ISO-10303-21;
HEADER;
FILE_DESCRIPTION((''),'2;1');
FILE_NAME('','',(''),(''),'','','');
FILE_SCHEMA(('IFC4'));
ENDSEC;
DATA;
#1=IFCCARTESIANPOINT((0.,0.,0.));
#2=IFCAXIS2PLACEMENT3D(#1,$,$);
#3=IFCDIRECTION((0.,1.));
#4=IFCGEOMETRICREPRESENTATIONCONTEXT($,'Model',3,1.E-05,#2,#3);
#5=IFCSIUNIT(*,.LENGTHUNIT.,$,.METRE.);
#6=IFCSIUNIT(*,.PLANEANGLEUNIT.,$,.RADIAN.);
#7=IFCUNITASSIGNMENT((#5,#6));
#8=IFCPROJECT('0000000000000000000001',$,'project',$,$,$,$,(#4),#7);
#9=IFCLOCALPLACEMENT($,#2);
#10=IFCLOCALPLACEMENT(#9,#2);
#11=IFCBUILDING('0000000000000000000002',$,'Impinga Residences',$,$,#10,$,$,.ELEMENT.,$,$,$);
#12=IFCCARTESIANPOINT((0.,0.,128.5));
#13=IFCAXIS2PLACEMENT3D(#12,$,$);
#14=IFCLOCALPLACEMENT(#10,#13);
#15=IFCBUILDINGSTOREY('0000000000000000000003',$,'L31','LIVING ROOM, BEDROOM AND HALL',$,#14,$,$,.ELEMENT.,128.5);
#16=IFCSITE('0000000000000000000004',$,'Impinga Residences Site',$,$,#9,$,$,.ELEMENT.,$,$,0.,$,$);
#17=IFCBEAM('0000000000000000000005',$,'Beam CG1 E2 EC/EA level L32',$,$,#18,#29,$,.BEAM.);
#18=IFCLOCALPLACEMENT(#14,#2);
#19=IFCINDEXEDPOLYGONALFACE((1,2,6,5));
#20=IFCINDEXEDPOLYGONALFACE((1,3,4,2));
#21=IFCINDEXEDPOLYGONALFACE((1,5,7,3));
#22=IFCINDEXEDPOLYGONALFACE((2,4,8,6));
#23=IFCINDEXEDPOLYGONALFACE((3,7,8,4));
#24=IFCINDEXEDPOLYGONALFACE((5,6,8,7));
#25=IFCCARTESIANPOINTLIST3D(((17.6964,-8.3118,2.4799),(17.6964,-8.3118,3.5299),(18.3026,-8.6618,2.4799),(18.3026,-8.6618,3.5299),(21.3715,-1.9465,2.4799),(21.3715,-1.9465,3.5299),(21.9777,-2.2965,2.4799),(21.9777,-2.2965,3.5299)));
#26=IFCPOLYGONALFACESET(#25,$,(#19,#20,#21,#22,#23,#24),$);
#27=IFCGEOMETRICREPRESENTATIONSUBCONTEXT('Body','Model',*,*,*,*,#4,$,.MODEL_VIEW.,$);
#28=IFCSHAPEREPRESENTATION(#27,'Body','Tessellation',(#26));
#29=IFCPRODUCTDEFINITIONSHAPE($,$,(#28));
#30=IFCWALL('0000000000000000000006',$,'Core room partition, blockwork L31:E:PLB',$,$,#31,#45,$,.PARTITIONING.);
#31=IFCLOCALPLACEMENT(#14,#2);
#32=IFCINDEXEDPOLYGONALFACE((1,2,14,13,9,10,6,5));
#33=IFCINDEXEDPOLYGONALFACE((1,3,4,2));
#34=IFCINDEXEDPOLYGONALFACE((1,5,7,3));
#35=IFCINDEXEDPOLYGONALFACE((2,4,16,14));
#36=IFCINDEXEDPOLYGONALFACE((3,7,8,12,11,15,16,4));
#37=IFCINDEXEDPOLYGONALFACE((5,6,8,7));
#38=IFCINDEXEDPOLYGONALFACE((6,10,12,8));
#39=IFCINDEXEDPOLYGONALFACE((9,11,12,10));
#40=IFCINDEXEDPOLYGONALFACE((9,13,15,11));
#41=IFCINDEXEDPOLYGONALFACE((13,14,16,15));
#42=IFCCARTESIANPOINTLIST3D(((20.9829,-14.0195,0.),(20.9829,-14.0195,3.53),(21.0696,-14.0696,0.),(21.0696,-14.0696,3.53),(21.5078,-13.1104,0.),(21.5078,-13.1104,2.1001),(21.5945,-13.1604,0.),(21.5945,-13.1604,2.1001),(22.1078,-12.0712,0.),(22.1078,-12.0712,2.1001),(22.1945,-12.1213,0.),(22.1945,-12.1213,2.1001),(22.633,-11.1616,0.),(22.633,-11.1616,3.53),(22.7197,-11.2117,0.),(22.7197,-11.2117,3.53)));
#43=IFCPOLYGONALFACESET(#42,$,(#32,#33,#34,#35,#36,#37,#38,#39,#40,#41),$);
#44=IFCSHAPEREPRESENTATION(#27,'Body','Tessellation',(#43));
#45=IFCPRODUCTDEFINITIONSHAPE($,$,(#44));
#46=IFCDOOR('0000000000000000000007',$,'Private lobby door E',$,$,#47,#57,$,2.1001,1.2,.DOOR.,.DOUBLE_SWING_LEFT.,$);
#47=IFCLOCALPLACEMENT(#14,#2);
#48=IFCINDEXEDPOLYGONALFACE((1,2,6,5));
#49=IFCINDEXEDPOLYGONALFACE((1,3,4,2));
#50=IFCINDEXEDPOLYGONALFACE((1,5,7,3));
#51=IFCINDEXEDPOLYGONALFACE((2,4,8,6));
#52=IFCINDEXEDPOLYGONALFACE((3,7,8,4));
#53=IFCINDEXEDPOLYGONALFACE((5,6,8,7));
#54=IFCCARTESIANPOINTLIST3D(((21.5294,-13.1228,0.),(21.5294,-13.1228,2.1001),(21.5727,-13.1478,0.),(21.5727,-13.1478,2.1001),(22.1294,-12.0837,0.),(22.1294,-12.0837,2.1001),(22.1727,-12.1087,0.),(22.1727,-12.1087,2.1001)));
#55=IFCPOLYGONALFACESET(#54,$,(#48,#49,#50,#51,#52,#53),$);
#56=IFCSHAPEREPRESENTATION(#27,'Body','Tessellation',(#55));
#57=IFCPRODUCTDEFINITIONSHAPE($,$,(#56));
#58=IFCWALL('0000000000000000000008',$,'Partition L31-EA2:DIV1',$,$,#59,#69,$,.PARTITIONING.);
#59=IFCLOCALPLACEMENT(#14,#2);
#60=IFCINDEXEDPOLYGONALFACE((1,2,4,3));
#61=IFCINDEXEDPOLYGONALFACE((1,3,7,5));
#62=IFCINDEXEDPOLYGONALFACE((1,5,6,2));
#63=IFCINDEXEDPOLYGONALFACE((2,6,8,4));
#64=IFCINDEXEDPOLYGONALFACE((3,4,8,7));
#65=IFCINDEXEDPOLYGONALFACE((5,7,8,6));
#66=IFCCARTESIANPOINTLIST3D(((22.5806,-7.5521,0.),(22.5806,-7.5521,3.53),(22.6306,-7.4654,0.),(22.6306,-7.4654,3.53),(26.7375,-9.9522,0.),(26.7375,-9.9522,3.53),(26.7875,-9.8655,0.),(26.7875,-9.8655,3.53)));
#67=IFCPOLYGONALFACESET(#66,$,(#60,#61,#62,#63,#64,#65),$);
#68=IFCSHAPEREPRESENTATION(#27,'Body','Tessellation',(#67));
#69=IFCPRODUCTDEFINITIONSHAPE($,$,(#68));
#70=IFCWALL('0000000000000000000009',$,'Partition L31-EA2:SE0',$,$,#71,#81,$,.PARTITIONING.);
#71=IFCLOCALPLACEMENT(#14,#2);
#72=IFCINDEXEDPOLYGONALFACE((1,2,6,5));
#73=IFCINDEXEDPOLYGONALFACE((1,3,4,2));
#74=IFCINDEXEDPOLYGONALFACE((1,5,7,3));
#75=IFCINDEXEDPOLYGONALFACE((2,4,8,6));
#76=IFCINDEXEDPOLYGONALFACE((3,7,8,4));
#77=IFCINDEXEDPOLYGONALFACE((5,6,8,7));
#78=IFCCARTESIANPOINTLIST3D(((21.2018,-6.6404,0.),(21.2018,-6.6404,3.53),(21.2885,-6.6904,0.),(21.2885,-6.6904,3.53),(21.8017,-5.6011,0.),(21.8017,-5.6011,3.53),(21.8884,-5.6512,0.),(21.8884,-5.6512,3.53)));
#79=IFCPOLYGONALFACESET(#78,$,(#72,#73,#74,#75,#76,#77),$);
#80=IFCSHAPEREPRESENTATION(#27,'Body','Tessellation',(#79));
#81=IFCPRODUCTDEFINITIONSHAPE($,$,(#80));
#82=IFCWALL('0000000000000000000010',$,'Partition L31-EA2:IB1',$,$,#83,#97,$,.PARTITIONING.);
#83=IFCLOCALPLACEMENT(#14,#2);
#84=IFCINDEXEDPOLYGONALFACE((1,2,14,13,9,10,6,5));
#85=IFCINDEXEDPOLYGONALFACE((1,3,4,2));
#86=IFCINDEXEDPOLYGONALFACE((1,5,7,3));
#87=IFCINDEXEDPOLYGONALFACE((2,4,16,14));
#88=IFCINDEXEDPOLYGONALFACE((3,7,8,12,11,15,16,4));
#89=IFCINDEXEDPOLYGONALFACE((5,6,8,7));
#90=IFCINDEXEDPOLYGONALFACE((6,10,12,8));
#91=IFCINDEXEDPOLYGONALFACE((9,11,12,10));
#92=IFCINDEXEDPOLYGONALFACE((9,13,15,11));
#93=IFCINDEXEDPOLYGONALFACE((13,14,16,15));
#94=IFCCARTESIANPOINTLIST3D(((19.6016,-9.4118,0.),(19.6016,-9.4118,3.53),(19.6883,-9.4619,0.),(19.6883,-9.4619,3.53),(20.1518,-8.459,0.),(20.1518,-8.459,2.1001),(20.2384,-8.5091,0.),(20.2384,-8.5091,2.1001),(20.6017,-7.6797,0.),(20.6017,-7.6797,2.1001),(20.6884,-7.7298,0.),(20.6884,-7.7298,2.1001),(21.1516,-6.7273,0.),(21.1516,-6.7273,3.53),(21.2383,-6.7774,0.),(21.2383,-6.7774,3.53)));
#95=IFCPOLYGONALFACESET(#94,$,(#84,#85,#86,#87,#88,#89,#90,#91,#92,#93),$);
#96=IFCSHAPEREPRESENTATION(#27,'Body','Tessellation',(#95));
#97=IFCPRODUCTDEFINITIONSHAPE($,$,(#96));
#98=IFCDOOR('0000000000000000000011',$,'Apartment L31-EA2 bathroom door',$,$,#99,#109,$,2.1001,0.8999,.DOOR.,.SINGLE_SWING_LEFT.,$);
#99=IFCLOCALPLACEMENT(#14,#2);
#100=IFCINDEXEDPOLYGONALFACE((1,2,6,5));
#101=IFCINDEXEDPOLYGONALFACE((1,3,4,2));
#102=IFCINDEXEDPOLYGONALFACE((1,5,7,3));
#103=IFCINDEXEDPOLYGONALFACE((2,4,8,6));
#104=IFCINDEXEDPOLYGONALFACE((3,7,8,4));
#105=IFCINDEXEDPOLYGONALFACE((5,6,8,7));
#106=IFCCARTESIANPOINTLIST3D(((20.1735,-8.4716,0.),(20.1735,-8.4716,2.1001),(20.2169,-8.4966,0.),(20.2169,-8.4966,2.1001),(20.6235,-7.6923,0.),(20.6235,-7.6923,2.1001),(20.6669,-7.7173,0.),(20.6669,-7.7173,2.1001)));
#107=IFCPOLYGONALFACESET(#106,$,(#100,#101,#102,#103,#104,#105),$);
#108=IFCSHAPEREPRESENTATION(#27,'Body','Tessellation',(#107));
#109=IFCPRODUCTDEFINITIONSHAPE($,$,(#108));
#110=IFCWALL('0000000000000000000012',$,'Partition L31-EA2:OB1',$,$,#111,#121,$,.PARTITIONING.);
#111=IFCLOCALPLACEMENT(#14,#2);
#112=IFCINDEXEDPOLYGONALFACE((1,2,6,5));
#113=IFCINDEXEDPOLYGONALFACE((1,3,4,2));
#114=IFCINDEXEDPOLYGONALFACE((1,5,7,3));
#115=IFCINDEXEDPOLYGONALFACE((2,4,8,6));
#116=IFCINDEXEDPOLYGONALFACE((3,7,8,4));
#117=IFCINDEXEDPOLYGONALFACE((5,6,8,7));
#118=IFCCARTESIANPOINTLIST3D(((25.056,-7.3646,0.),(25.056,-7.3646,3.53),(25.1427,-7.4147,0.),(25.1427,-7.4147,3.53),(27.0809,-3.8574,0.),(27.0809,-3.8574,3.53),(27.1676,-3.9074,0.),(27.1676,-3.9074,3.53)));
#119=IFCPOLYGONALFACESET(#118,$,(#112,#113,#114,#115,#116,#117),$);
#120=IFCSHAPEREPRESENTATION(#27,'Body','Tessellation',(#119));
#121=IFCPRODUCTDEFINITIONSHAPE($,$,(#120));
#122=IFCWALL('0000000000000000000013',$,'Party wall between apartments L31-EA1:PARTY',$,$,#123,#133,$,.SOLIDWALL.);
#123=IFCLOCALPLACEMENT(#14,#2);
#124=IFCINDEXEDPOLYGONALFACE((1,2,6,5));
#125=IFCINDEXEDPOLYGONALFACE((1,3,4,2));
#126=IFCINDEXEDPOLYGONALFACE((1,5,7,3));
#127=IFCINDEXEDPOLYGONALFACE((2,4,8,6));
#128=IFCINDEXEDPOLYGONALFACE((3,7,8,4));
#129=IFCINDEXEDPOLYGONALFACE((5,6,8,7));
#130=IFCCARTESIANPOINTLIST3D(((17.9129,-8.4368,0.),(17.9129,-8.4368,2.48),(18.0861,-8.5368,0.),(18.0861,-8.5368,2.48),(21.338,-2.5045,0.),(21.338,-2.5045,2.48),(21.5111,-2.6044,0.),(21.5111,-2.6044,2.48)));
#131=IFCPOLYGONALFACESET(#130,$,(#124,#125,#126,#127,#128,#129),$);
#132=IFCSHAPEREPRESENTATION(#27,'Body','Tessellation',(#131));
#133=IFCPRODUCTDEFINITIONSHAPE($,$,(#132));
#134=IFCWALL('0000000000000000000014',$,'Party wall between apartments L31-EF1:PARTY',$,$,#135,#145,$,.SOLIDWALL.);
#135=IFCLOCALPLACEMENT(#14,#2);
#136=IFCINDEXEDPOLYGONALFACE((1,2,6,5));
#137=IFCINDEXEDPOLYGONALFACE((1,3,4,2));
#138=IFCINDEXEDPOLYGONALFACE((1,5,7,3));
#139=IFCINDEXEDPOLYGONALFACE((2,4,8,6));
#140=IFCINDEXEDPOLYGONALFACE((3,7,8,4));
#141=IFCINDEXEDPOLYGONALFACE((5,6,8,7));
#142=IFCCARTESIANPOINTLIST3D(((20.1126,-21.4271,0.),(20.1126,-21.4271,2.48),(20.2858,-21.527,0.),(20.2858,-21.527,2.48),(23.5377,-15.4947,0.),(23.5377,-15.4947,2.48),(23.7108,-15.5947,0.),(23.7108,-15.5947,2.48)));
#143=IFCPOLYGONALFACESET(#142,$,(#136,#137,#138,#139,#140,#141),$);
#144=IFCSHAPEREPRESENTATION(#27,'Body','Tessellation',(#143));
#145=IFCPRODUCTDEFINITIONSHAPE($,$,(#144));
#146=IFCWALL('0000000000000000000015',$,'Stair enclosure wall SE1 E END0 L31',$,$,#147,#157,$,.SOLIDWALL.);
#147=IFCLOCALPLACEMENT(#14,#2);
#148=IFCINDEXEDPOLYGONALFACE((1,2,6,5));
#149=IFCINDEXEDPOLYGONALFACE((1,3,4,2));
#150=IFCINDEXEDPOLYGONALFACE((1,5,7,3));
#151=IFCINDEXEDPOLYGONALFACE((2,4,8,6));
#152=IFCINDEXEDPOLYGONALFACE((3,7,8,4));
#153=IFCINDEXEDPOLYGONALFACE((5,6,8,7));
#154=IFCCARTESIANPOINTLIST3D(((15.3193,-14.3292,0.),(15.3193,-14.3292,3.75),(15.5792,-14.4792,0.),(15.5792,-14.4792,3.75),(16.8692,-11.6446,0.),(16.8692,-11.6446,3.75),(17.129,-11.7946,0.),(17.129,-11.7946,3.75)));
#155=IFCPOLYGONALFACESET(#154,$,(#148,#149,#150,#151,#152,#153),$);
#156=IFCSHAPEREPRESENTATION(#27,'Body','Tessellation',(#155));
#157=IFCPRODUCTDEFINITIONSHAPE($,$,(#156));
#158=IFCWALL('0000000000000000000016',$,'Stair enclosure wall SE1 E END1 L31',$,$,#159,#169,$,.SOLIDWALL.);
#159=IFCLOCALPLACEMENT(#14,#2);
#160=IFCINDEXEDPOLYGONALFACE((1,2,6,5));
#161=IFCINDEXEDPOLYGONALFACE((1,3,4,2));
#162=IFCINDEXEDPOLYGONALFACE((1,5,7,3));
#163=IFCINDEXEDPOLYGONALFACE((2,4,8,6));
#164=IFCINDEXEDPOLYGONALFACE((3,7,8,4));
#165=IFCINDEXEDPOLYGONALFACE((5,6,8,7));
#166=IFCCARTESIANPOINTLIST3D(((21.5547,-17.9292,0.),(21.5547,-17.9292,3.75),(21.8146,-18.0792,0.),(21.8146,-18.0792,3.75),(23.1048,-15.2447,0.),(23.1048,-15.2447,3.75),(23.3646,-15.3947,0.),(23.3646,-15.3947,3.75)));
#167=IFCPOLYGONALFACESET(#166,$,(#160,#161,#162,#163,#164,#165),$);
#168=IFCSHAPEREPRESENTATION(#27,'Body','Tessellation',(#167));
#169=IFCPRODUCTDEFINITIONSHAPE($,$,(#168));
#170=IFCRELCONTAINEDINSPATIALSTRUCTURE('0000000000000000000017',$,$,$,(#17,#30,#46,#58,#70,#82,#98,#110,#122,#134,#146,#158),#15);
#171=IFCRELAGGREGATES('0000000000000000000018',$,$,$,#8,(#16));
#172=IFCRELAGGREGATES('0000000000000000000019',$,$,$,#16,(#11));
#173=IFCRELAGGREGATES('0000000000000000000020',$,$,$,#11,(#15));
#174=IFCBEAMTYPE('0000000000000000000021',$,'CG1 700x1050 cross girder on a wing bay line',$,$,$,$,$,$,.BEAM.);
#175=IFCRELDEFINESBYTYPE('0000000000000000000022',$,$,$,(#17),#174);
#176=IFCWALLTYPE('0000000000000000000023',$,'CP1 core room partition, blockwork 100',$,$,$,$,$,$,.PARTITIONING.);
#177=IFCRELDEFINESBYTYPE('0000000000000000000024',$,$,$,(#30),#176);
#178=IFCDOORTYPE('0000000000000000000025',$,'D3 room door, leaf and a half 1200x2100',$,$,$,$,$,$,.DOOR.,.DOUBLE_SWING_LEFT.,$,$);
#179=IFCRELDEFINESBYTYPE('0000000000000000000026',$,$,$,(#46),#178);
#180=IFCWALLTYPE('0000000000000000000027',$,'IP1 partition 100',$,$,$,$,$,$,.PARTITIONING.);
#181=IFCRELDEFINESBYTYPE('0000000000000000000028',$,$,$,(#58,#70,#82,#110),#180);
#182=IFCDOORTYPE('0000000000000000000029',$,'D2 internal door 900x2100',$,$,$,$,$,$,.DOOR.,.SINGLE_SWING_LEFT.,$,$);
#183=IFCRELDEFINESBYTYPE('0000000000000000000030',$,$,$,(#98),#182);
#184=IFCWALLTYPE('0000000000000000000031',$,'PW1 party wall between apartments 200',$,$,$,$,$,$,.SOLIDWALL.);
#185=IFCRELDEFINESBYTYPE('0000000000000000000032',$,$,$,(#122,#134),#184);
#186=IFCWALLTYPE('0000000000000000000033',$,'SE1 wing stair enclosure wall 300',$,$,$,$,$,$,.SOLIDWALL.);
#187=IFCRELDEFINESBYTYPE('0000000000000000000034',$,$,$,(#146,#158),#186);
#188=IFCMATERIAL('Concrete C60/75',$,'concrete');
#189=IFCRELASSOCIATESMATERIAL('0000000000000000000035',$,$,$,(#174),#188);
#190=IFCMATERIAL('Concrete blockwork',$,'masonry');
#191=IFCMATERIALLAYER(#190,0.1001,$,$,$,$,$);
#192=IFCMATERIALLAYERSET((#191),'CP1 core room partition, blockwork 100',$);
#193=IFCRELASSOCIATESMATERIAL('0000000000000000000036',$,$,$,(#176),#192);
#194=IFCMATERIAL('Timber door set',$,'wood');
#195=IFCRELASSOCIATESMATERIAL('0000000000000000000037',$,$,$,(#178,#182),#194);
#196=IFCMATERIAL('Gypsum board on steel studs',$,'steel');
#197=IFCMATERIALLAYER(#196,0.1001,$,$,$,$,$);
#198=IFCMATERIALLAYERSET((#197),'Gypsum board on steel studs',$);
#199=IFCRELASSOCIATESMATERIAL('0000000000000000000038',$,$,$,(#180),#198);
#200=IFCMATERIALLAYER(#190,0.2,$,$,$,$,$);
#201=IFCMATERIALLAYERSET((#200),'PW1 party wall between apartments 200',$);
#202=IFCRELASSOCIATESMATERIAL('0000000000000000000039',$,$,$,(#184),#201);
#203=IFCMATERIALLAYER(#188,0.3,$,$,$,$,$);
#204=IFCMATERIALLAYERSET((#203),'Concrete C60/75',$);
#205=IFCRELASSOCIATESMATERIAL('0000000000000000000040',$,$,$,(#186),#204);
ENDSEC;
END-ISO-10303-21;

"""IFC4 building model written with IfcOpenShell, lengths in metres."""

from ifc_helpers import new_model, si_unit, direction, frame, frame_2d, origin, origin_2d, place, context, subcontext, project, spatial, rectangle, extrude, material, layer, layer_set, material_profile, profile_set, type_object, element, fill, save


model = new_model("IFC4")

# Units and contexts
model_context = context("Model", 3, precision=1e-05, world=origin(), true_north=direction((0.0, 1.0)))
body_context = subcontext(model_context, "Body", "Model", "MODEL_VIEW")
ifc_project = project(units=[si_unit("LENGTHUNIT", "METRE"), si_unit("PLANEANGLEUNIT", "RADIAN")], contexts=[model_context])

# Site, building, storey
site_placement = place(None, origin())
site = spatial("IfcSite", under=ifc_project, at=site_placement, Name="Impinga Residences Site", CompositionType="ELEMENT", RefElevation=0.0)
building_placement = place(site_placement, origin())
building = spatial("IfcBuilding", under=site, at=building_placement, Name="Impinga Residences", CompositionType="ELEMENT")
storey_placement = place(building_placement, frame((0.0, 0.0, 128.5)))
storey = spatial("IfcBuildingStorey", under=building, at=storey_placement, Name="L31", Description="LIVING ROOM, BEDROOM AND HALL", CompositionType="ELEMENT", Elevation=128.5)

# Beam
ifc_material_1 = material(Name="Concrete C60/75", Category="concrete")
ifc_material_profile = material_profile(ifc_material_1, rectangle(XDim=0.7, YDim=1.05, at=origin_2d()), Name="RC 700x1050")
ifc_profile_set = profile_set([ifc_material_profile], Name="Concrete C60/75")
beam_type = type_object("IfcBeamType", Name="CG1 700x1050 cross girder on a wing bay line", PredefinedType="BEAM", material=ifc_profile_set)
beam_placement = place(storey_placement, frame((17.9995, -8.4868, 3.0049), z_axis=(0.500008, 0.866021, 0.0), x_axis=(-0.866021, 0.500008, 0.0)))
element("IfcBeam", 1, at=beam_placement, inside=storey, type_object=beam_type, Name="Beam CG1 E2 EC/EA level L32", PredefinedType="BEAM", context=body_context, shape_type="SweptSolid", body=[
    extrude(rectangle(XDim=0.7, YDim=1.05, at=origin_2d()), origin(), (0.0, 0.0, 1.0), 7.3501),
])

# Wall, opening, door
ifc_material_2 = material(Name="Concrete blockwork", Category="masonry")
ifc_layer_1 = layer(ifc_material_2, 0.1001)
ifc_layer_set_1 = layer_set([ifc_layer_1], Name="CP1 core room partition, blockwork 100")
wall_type_1 = type_object("IfcWallType", Name="CP1 core room partition, blockwork 100", PredefinedType="PARTITIONING", material=ifc_layer_set_1)
wall_1_placement = place(storey_placement, frame((22.6763, -11.1868, 0.0), z_axis=(0.0, 0.0, 1.0), x_axis=(-0.50003, -0.866008, 0.0)))
wall_1 = element("IfcWall", 2, at=wall_1_placement, inside=storey, type_object=wall_type_1, Name="Core room partition, blockwork L31:E:PLB", PredefinedType="PARTITIONING", context=body_context, shape_type="SweptSolid", body=[
    extrude(rectangle(XDim=3.3, YDim=0.1001, at=frame_2d((1.6499, 0.0))), origin(), (0.0, 0.0, 1.0), 3.53),
])
opening_1_placement = place(wall_1_placement, frame((1.05, 0.0, 0.0)))
opening_1 = element("IfcOpeningElement", 3, at=opening_1_placement, cuts=wall_1, PredefinedType="OPENING", context=body_context, shape_type="SweptSolid", body=[
    extrude(rectangle(XDim=1.2, YDim=2.1001, at=frame_2d((0.6001, 1.05))), frame((0.0, 0.0601, 0.0), z_axis=(0.0, -1.0, 0.0), x_axis=(1.0, 0.0, 0.0)), (0.0, 0.0, 1.0), 0.1201),
])
ifc_material_3 = material(Name="Timber door set", Category="wood")
door_type_1 = type_object("IfcDoorType", Name="D3 room door, leaf and a half 1200x2100", OperationType="DOUBLE_SWING_LEFT", PredefinedType="DOOR", material=ifc_material_3)
door_1_placement = place(opening_1_placement, origin())
door_1 = element("IfcDoor", 4, at=door_1_placement, inside=storey, type_object=door_type_1, Name="Private lobby door E", OperationType="DOUBLE_SWING_LEFT", OverallHeight=2.1001, OverallWidth=1.2, PredefinedType="DOOR", context=body_context, shape_type="SweptSolid", body=[
    extrude(rectangle(XDim=1.2, YDim=2.1001, at=frame_2d((0.6001, 1.05))), frame((0.0, 0.0249, 0.0), z_axis=(0.0, -1.0, 0.0), x_axis=(1.0, 0.0, 0.0)), (0.0, 0.0, 1.0), 0.05),
])
fill(opening_1, door_1)

# Walls
ifc_material_4 = material(Name="Gypsum board on steel studs", Category="steel")
ifc_layer_2 = layer(ifc_material_4, 0.1001)
ifc_layer_set_2 = layer_set([ifc_layer_2], Name="Gypsum board on steel studs")
wall_type_2 = type_object("IfcWallType", Name="IP1 partition 100", PredefinedType="PARTITIONING", material=ifc_layer_set_2)
wall_2_placement = place(storey_placement, frame((22.6057, -7.5088, 0.0), z_axis=(0.0, 0.0, 1.0), x_axis=(0.866015, -0.500017, 0.0)))
element("IfcWall", 5, at=wall_2_placement, inside=storey, type_object=wall_type_2, Name="Partition L31-EA2:DIV1", PredefinedType="PARTITIONING", context=body_context, shape_type="SweptSolid", body=[
    extrude(rectangle(XDim=4.8, YDim=0.1001, at=frame_2d((2.3999, 0.0))), origin(), (0.0, 0.0, 1.0), 3.53),
])
wall_3_placement = place(storey_placement, frame((21.2451, -6.6655, 0.0), z_axis=(0.0, 0.0, 1.0), x_axis=(0.499881, 0.866094, 0.0)))
element("IfcWall", 6, at=wall_3_placement, inside=storey, type_object=wall_type_2, Name="Partition L31-EA2:SE0", PredefinedType="PARTITIONING", context=body_context, shape_type="SweptSolid", body=[
    extrude(rectangle(XDim=1.2, YDim=0.1001, at=frame_2d((0.6001, 0.0))), origin(), (0.0, 0.0, 1.0), 3.53),
])

# Wall, opening, door
wall_4_placement = place(storey_placement, frame((19.645, -9.4368, 0.0), z_axis=(0.0, 0.0, 1.0), x_axis=(0.500027, 0.86601, 0.0)))
wall_4 = element("IfcWall", 7, at=wall_4_placement, inside=storey, type_object=wall_type_2, Name="Partition L31-EA2:IB1", PredefinedType="PARTITIONING", context=body_context, shape_type="SweptSolid", body=[
    extrude(rectangle(XDim=3.0999, YDim=0.1001, at=frame_2d((1.5498, 0.0))), origin(), (0.0, 0.0, 1.0), 3.53),
])
opening_2_placement = place(wall_4_placement, frame((1.1001, 0.0, 0.0)))
opening_2 = element("IfcOpeningElement", 8, at=opening_2_placement, cuts=wall_4, PredefinedType="OPENING", context=body_context, shape_type="SweptSolid", body=[
    extrude(rectangle(XDim=0.8999, YDim=2.1001, at=frame_2d((0.45, 1.05))), frame((0.0, 0.0601, 0.0), z_axis=(0.0, -1.0, 0.0), x_axis=(1.0, 0.0, 0.0)), (0.0, 0.0, 1.0), 0.1201),
])
door_type_2 = type_object("IfcDoorType", Name="D2 internal door 900x2100", OperationType="SINGLE_SWING_LEFT", PredefinedType="DOOR", material=ifc_material_3)
door_2_placement = place(opening_2_placement, origin())
door_2 = element("IfcDoor", 9, at=door_2_placement, inside=storey, type_object=door_type_2, Name="Apartment L31-EA2 bathroom door", OperationType="SINGLE_SWING_LEFT", OverallHeight=2.1001, OverallWidth=0.8999, PredefinedType="DOOR", context=body_context, shape_type="SweptSolid", body=[
    extrude(rectangle(XDim=0.8999, YDim=2.1001, at=frame_2d((0.45, 1.05))), frame((0.0, 0.0249, 0.0), z_axis=(0.0, -1.0, 0.0), x_axis=(1.0, 0.0, 0.0)), (0.0, 0.0, 1.0), 0.05),
])
fill(opening_2, door_2)

# Walls
wall_5_placement = place(storey_placement, frame((25.0994, -7.3896, 0.0), z_axis=(0.0, 0.0, 1.0), x_axis=(0.49999, 0.866031, 0.0)))
element("IfcWall", 10, at=wall_5_placement, inside=storey, type_object=wall_type_2, Name="Partition L31-EA2:OB1", PredefinedType="PARTITIONING", context=body_context, shape_type="SweptSolid", body=[
    extrude(rectangle(XDim=4.0498, YDim=0.1001, at=frame_2d((2.0249, 0.0))), origin(), (0.0, 0.0, 1.0), 3.53),
])
ifc_layer_3 = layer(ifc_material_2, 0.2)
ifc_layer_set_3 = layer_set([ifc_layer_3], Name="PW1 party wall between apartments 200")
wall_type_3 = type_object("IfcWallType", Name="PW1 party wall between apartments 200", PredefinedType="SOLIDWALL", material=ifc_layer_set_3)
for number, where, z_axis, x_axis, name in (
    (11, (17.9995, -8.4868, 0.0), (0.0, 0.0, 1.0), (0.499999, 0.866026, 0.0), "Party wall between apartments L31-EA1:PARTY"),
    (12, (23.6243, -15.5447, 0.0), (0.0, 0.0, 1.0), (-0.499999, -0.866026, 0.0), "Party wall between apartments L31-EF1:PARTY"),
):
    element("IfcWall", number, at=place(storey_placement, frame(where, z_axis=z_axis, x_axis=x_axis)), inside=storey, type_object=wall_type_3, Name=name, PredefinedType="SOLIDWALL", context=body_context, shape_type="SweptSolid", body=[
        extrude(rectangle(XDim=6.8501, YDim=0.2, at=frame_2d((3.425, 0.0))), origin(), (0.0, 0.0, 1.0), 2.48),
    ])
ifc_layer_4 = layer(ifc_material_1, 0.3)
ifc_layer_set_4 = layer_set([ifc_layer_4], Name="Concrete C60/75")
wall_type_4 = type_object("IfcWallType", Name="SE1 wing stair enclosure wall 300", PredefinedType="SOLIDWALL", material=ifc_layer_set_4)
for number, where, z_axis, x_axis, name in (
    (13, (16.999, -11.7197, 0.0), (0.0, 0.0, 1.0), (-0.499968, -0.866044, 0.0), "Stair enclosure wall SE1 E END0 L31"),
    (14, (23.2346, -15.3198, 0.0), (0.0, 0.0, 1.0), (-0.500027, -0.86601, 0.0), "Stair enclosure wall SE1 E END1 L31"),
):
    element("IfcWall", number, at=place(storey_placement, frame(where, z_axis=z_axis, x_axis=x_axis)), inside=storey, type_object=wall_type_4, Name=name, PredefinedType="SOLIDWALL", context=body_context, shape_type="SweptSolid", body=[
        extrude(rectangle(XDim=3.0999, YDim=0.3, at=frame_2d((1.5498, 0.0))), origin(), (0.0, 0.0, 1.0), 3.75),
    ])

save(model, "model.ifc")
